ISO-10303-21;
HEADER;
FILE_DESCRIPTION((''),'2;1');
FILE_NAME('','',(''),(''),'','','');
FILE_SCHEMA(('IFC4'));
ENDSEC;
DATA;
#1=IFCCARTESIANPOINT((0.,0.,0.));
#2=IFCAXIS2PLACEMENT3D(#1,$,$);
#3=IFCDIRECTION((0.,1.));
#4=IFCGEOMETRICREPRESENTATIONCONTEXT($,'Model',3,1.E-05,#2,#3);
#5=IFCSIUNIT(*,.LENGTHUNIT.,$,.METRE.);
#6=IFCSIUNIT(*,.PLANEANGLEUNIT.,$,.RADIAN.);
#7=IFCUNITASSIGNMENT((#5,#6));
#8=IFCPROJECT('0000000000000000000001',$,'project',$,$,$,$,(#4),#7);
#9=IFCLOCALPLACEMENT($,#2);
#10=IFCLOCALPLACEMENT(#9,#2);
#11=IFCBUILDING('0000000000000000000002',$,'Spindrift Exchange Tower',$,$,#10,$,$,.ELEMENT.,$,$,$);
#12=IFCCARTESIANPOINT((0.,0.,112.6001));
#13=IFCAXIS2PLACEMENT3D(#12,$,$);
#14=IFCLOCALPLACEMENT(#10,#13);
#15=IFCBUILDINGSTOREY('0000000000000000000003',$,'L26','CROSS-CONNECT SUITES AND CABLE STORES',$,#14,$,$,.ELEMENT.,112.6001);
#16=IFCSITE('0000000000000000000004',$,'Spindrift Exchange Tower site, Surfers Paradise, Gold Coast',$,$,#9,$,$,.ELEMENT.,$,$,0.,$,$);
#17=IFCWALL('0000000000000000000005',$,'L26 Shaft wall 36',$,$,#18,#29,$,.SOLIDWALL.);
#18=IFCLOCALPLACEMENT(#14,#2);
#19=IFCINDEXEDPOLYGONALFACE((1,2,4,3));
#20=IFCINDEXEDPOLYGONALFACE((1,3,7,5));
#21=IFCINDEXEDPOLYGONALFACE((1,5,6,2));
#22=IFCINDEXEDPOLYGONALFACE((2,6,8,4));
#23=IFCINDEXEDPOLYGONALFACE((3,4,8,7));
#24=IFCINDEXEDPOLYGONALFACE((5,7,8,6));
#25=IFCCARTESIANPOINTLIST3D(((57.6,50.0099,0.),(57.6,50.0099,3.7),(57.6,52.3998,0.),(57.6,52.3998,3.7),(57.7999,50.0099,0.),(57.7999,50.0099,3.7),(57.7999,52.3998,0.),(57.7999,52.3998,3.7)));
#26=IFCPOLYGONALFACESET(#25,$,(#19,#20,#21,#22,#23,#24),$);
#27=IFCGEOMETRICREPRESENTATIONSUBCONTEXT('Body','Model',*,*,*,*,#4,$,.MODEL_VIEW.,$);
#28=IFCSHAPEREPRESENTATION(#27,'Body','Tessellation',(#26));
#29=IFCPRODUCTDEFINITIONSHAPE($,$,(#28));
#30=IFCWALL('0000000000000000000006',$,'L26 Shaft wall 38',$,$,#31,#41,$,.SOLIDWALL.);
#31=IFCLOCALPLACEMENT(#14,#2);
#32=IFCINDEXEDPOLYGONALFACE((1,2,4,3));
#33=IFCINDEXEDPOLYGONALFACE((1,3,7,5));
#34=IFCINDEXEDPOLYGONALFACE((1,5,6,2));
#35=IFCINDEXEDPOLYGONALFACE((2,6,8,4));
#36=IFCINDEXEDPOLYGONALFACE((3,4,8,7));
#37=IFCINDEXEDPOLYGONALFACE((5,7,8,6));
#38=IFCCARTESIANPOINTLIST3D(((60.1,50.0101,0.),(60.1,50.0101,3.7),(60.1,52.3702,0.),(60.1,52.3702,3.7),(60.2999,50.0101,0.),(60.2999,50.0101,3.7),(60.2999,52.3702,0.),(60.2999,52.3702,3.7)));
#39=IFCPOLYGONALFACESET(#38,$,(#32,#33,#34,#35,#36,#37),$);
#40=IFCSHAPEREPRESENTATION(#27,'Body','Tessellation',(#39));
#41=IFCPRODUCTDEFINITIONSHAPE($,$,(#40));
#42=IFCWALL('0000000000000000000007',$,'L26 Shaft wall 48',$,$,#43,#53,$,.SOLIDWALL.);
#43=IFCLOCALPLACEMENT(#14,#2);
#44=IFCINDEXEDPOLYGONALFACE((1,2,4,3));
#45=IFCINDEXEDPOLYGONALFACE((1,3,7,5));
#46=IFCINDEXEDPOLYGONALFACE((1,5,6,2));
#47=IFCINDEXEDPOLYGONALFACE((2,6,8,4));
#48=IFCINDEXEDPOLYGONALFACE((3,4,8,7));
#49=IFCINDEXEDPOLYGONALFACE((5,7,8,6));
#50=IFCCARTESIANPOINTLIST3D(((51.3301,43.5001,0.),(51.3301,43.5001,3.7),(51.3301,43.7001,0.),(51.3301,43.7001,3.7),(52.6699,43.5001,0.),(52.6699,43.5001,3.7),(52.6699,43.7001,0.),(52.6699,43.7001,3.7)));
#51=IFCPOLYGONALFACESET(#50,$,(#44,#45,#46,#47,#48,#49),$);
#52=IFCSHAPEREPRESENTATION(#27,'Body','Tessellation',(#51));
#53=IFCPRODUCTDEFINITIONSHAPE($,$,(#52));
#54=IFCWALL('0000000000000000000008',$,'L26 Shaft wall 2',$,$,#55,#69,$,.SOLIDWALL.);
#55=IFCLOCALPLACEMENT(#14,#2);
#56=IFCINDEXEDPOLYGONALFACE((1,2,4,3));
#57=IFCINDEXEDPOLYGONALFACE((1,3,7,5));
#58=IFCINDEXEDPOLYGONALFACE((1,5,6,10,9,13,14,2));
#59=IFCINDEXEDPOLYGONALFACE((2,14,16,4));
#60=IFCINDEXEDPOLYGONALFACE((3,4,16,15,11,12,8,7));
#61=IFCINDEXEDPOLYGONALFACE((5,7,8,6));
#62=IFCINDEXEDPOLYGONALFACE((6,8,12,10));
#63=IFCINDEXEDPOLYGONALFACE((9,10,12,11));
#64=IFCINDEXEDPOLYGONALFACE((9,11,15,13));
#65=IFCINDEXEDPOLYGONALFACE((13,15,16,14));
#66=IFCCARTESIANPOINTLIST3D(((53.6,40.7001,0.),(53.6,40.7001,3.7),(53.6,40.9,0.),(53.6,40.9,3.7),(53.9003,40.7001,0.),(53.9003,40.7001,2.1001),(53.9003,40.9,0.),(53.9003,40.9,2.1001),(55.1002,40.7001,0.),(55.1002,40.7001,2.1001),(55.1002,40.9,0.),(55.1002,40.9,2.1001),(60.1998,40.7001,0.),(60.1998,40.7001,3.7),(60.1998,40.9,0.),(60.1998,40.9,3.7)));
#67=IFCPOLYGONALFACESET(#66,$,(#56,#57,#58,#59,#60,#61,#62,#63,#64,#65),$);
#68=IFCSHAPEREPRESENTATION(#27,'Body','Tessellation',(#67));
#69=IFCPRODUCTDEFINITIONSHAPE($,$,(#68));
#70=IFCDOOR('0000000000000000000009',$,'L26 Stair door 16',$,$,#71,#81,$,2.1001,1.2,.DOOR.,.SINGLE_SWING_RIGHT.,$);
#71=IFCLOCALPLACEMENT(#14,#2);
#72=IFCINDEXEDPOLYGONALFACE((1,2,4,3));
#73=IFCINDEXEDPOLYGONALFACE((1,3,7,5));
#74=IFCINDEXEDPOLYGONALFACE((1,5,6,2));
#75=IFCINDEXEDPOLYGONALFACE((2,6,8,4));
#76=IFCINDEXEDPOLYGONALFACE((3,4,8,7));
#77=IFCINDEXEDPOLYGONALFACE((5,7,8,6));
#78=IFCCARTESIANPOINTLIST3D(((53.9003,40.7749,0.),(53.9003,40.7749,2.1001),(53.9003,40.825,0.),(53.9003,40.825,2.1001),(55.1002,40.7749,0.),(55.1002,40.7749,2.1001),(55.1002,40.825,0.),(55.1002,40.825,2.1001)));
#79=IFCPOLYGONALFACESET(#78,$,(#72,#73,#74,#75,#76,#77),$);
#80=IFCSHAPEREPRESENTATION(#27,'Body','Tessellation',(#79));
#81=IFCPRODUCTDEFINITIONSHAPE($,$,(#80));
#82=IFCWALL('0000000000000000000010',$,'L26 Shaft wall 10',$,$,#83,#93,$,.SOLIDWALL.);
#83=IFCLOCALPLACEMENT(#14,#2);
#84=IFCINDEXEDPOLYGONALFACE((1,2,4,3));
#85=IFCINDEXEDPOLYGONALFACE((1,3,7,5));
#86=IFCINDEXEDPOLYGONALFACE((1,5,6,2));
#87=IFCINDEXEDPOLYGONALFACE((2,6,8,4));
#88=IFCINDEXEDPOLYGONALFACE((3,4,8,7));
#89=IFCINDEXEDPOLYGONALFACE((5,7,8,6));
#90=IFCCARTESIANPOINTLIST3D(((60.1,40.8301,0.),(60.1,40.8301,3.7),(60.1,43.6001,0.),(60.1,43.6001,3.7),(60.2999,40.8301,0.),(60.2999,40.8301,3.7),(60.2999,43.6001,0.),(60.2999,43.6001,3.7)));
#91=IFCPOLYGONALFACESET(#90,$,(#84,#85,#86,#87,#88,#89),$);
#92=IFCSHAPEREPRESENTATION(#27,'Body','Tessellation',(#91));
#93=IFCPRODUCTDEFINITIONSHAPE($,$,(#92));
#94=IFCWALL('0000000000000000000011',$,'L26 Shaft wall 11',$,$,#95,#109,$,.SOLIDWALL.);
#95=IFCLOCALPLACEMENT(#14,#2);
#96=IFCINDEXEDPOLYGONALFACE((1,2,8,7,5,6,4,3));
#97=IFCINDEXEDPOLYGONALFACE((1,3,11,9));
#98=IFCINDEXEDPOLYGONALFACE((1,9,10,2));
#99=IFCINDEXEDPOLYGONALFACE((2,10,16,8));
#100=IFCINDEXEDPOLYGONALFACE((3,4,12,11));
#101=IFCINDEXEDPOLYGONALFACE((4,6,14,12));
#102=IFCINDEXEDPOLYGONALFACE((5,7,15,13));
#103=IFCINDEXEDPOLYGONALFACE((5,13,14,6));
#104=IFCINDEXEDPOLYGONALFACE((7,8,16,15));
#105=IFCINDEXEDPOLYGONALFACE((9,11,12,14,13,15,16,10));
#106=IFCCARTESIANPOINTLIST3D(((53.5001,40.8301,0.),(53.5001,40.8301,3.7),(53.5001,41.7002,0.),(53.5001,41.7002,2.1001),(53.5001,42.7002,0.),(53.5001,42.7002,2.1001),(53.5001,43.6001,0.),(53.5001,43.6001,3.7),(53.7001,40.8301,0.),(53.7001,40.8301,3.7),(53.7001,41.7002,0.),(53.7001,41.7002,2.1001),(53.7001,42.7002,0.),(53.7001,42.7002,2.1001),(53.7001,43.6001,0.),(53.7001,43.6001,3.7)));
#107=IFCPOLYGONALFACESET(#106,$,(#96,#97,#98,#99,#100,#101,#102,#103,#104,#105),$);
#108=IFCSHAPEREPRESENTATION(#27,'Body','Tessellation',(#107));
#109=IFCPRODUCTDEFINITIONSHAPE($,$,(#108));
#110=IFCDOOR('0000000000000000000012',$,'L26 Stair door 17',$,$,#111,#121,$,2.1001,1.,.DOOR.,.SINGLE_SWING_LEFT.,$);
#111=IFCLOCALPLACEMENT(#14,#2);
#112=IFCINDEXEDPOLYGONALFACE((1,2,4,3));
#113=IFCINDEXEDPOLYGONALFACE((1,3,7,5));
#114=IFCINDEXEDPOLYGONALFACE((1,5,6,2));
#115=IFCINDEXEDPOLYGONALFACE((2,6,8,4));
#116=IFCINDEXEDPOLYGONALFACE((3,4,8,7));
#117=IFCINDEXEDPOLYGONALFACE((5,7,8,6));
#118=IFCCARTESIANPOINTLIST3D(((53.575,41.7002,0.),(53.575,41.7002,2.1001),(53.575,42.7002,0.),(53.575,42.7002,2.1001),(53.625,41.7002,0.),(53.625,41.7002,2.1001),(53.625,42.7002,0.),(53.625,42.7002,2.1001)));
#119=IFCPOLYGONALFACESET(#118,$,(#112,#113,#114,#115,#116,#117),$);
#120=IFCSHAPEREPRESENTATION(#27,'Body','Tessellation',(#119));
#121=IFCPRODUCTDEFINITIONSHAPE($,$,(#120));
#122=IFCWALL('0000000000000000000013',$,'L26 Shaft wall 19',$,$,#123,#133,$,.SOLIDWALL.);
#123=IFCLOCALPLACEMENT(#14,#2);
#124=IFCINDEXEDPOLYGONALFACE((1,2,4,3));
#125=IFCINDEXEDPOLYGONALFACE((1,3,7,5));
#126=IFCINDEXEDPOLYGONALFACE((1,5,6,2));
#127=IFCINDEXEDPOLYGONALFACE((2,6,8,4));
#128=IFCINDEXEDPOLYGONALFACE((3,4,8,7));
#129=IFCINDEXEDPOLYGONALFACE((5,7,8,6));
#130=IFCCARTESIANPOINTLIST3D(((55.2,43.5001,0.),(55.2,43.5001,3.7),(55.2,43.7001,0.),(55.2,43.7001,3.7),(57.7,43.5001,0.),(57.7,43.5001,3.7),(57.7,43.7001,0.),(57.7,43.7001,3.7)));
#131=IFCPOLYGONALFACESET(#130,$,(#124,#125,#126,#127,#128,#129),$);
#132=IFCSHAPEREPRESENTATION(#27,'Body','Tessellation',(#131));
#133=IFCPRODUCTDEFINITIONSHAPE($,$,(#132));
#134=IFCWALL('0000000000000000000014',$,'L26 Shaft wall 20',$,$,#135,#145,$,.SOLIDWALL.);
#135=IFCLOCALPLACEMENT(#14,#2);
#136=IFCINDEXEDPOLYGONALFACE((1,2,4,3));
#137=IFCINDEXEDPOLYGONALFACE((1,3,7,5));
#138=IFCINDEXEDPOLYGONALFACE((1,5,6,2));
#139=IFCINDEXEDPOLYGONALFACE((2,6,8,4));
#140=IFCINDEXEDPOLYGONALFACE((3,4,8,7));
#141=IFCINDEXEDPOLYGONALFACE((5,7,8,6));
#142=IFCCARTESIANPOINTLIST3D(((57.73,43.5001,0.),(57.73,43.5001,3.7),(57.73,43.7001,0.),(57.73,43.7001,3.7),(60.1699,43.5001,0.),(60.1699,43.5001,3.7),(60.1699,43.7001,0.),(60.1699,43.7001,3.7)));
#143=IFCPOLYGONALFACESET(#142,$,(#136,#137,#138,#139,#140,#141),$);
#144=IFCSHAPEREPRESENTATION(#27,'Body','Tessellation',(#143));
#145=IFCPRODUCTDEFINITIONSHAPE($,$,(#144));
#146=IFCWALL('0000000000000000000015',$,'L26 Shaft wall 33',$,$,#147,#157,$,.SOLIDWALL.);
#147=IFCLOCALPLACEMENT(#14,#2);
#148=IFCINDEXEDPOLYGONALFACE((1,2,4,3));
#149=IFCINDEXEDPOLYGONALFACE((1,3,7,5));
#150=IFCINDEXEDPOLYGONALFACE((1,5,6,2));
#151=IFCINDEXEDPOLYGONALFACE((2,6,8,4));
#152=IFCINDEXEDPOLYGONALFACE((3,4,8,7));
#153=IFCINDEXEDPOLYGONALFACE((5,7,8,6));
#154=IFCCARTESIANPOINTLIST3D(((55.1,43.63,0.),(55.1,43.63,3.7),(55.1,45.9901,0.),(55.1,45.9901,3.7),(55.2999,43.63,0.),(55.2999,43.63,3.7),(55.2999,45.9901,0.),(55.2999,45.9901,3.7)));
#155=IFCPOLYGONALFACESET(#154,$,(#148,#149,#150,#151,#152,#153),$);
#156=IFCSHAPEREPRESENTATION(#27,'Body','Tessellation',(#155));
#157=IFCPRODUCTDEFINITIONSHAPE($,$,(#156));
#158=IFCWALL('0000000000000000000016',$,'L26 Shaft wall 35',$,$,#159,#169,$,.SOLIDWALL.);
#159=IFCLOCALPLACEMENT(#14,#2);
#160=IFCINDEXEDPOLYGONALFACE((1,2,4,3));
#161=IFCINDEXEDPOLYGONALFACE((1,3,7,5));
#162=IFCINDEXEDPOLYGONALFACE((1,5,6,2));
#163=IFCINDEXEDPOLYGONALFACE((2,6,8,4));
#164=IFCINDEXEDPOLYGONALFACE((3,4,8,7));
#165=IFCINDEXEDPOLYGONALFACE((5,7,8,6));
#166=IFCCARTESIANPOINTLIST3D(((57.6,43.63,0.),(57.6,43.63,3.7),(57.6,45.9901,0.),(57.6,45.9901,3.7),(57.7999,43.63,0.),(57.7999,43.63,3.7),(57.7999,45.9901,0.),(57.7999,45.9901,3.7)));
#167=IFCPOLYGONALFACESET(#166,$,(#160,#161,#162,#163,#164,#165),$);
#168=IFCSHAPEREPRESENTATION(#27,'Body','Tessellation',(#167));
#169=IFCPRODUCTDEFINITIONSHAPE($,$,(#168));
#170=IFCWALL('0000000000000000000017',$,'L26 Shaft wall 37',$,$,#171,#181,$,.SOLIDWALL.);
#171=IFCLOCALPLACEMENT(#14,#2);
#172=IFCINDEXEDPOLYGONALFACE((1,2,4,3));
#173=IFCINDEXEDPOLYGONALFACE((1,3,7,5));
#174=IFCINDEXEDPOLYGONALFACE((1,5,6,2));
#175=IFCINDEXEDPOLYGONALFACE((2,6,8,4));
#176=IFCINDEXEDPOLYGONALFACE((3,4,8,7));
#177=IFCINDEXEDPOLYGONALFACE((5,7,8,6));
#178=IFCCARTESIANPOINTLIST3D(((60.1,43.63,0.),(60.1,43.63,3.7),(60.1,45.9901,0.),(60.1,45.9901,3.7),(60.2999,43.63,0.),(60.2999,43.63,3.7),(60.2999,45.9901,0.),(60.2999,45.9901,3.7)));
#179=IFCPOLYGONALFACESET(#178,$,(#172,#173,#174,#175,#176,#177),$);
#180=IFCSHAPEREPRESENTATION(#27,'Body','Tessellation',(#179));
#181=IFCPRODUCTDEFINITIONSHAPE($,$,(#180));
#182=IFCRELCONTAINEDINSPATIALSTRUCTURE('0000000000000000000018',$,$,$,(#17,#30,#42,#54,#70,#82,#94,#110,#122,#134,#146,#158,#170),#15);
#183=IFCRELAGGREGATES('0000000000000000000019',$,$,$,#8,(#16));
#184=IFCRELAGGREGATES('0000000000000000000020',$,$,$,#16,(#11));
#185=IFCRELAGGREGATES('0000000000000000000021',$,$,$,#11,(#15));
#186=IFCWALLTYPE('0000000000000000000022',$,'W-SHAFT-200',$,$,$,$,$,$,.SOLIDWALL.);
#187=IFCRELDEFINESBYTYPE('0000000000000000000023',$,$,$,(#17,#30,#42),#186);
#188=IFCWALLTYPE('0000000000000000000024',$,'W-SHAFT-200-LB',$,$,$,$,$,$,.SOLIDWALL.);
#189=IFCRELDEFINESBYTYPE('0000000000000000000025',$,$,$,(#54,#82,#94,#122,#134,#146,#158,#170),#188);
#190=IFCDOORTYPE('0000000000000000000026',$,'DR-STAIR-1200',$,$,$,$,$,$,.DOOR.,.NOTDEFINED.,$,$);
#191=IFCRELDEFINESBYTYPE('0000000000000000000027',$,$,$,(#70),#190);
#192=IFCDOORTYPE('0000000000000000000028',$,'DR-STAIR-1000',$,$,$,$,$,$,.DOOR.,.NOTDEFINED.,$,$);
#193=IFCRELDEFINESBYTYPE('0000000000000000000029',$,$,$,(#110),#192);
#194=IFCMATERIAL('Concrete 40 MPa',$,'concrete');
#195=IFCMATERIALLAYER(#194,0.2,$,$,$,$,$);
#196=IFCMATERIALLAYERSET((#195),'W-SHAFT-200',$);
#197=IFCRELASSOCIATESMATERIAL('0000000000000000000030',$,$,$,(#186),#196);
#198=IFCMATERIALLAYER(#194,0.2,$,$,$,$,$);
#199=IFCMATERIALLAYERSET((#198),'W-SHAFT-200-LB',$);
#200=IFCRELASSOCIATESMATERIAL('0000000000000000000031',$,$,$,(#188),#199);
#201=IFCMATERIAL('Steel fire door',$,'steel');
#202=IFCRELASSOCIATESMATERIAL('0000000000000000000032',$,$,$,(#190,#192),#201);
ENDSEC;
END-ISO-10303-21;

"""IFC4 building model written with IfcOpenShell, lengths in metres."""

from ifc_helpers import new_model, si_unit, direction, frame, frame_2d, origin, place, context, subcontext, project, spatial, rectangle, extrude, source, transform, mapped, material, layer, layer_set, type_object, element, fill, save


model = new_model("IFC4")

# Units and contexts
model_context = context("Model", 3, precision=1e-05, world=origin(), true_north=direction((0.0, 1.0)))
body_context = subcontext(model_context, "Body", "Model", "MODEL_VIEW")
ifc_project = project(units=[si_unit("LENGTHUNIT", "METRE"), si_unit("PLANEANGLEUNIT", "RADIAN")], contexts=[model_context])

# Site, building, storey
site_placement = place(None, origin())
site = spatial("IfcSite", under=ifc_project, at=site_placement, Name="Spindrift Exchange Tower site, Surfers Paradise, Gold Coast", CompositionType="ELEMENT", RefElevation=0.0)
building_placement = place(site_placement, origin())
building = spatial("IfcBuilding", under=site, at=building_placement, Name="Spindrift Exchange Tower", CompositionType="ELEMENT")
storey_placement = place(building_placement, frame((0.0, 0.0, 112.6001)))
storey = spatial("IfcBuildingStorey", under=building, at=storey_placement, Name="L26", Description="CROSS-CONNECT SUITES AND CABLE STORES", CompositionType="ELEMENT", Elevation=112.6001)

# Walls
ifc_material_1 = material(Name="Concrete 40 MPa", Category="concrete")
ifc_layer_1 = layer(ifc_material_1, 0.2)
ifc_layer_set_1 = layer_set([ifc_layer_1], Name="W-SHAFT-200")
wall_type_1 = type_object("IfcWallType", Name="W-SHAFT-200", PredefinedType="SOLIDWALL", material=ifc_layer_set_1)
wall_1_placement = place(storey_placement, frame((57.7, 50.01, 0.0), z_axis=(0.0, 0.0, 1.0), x_axis=(0.0, 1.0, 0.0)))
element("IfcWall", 1, at=wall_1_placement, inside=storey, type_object=wall_type_1, Name="L26 Shaft wall 36", PredefinedType="SOLIDWALL", context=body_context, shape_type="SweptSolid", body=[
    extrude(rectangle(XDim=2.3899, YDim=0.2, at=frame_2d((1.1948, 0.0))), origin(), (0.0, 0.0, 1.0), 3.7),
])
wall_2_placement = place(storey_placement, frame((60.2, 50.01, 0.0), z_axis=(0.0, 0.0, 1.0), x_axis=(0.0, 1.0, 0.0)))
element("IfcWall", 2, at=wall_2_placement, inside=storey, type_object=wall_type_1, Name="L26 Shaft wall 38", PredefinedType="SOLIDWALL", context=body_context, shape_type="SweptSolid", body=[
    extrude(rectangle(XDim=2.3601, YDim=0.2, at=frame_2d((1.1802, 0.0))), origin(), (0.0, 0.0, 1.0), 3.7),
])
wall_3_placement = place(storey_placement, frame((52.6699, 43.6001, 0.0), z_axis=(0.0, 0.0, 1.0), x_axis=(-1.0, 0.0, 0.0)))
element("IfcWall", 3, at=wall_3_placement, inside=storey, type_object=wall_type_1, Name="L26 Shaft wall 48", PredefinedType="SOLIDWALL", context=body_context, shape_type="SweptSolid", body=[
    extrude(rectangle(XDim=1.3398, YDim=0.2, at=frame_2d((0.6699, 0.0))), origin(), (0.0, 0.0, 1.0), 3.7),
])

# Wall, opening, door
ifc_layer_2 = layer(ifc_material_1, 0.2)
ifc_layer_set_2 = layer_set([ifc_layer_2], Name="W-SHAFT-200-LB")
wall_type_2 = type_object("IfcWallType", Name="W-SHAFT-200-LB", PredefinedType="SOLIDWALL", material=ifc_layer_set_2)
wall_4_placement = place(storey_placement, frame((53.6001, 40.8, 0.0), z_axis=(0.0, 0.0, 1.0), x_axis=(1.0, 0.0, 0.0)))
wall_4 = element("IfcWall", 4, at=wall_4_placement, inside=storey, type_object=wall_type_2, Name="L26 Shaft wall 2", PredefinedType="SOLIDWALL", context=body_context, shape_type="SweptSolid", body=[
    extrude(rectangle(XDim=6.5999, YDim=0.2, at=frame_2d((3.2998, 0.0))), origin(), (0.0, 0.0, 1.0), 3.7),
])
opening_1_placement = place(wall_4_placement, frame((0.3, 0.0, 0.0)))
opening_1 = element("IfcOpeningElement", 5, at=opening_1_placement, cuts=wall_4, PredefinedType="OPENING", context=body_context, shape_type="SweptSolid", body=[
    extrude(rectangle(XDim=1.2, YDim=2.1001, at=frame_2d((0.6001, 1.05))), frame((0.0, 0.1099, 0.0), z_axis=(0.0, -1.0, 0.0), x_axis=(1.0, 0.0, 0.0)), (0.0, 0.0, 1.0), 0.22),
])
ifc_material_2 = material(Name="Steel fire door", Category="steel")
door_type_1 = type_object("IfcDoorType", Name="DR-STAIR-1200", OperationType="NOTDEFINED", PredefinedType="DOOR", material=ifc_material_2)
shared_shape_1 = source(origin(), body_context, "Body", "SweptSolid", [
    extrude(rectangle(XDim=1.2, YDim=2.1001, at=frame_2d((0.6001, 1.05))), frame((0.0, 0.0249, 0.0), z_axis=(0.0, -1.0, 0.0), x_axis=(1.0, 0.0, 0.0)), (0.0, 0.0, 1.0), 0.05),
])
door_1_placement = place(opening_1_placement, origin())
door_1 = element("IfcDoor", 6, at=door_1_placement, inside=storey, type_object=door_type_1, Name="L26 Stair door 16", OperationType="SINGLE_SWING_RIGHT", OverallHeight=2.1001, OverallWidth=1.2, PredefinedType="DOOR", context=body_context, shape_type="MappedRepresentation", body=[
    mapped(shared_shape_1, transform((0.0, 0.0, 0.0), scale=1.0)),
])
fill(opening_1, door_1)

# Wall
wall_5_placement = place(storey_placement, frame((60.2, 40.8301, 0.0), z_axis=(0.0, 0.0, 1.0), x_axis=(0.0, 1.0, 0.0)))
element("IfcWall", 7, at=wall_5_placement, inside=storey, type_object=wall_type_2, Name="L26 Shaft wall 10", PredefinedType="SOLIDWALL", context=body_context, shape_type="SweptSolid", body=[
    extrude(rectangle(XDim=2.77, YDim=0.2, at=frame_2d((1.385, 0.0))), origin(), (0.0, 0.0, 1.0), 3.7),
])

# Wall, opening, door
wall_6_placement = place(storey_placement, frame((53.6001, 43.6001, 0.0), z_axis=(0.0, 0.0, 1.0), x_axis=(0.0, -1.0, 0.0)))
wall_6 = element("IfcWall", 8, at=wall_6_placement, inside=storey, type_object=wall_type_2, Name="L26 Shaft wall 11", PredefinedType="SOLIDWALL", context=body_context, shape_type="SweptSolid", body=[
    extrude(rectangle(XDim=2.77, YDim=0.2, at=frame_2d((1.385, 0.0))), origin(), (0.0, 0.0, 1.0), 3.7),
])
opening_2_placement = place(wall_6_placement, frame((0.8999, 0.0, 0.0)))
opening_2 = element("IfcOpeningElement", 9, at=opening_2_placement, cuts=wall_6, PredefinedType="OPENING", context=body_context, shape_type="SweptSolid", body=[
    extrude(rectangle(XDim=1.0, YDim=2.1001, at=frame_2d((0.5, 1.05))), frame((0.0, 0.1099, 0.0), z_axis=(0.0, -1.0, 0.0), x_axis=(1.0, 0.0, 0.0)), (0.0, 0.0, 1.0), 0.22),
])
door_type_2 = type_object("IfcDoorType", Name="DR-STAIR-1000", OperationType="NOTDEFINED", PredefinedType="DOOR", material=ifc_material_2)
shared_shape_2 = source(origin(), body_context, "Body", "SweptSolid", [
    extrude(rectangle(XDim=1.0, YDim=2.1001, at=frame_2d((0.5, 1.05))), frame((0.0, 0.0249, 0.0), z_axis=(0.0, -1.0, 0.0), x_axis=(1.0, 0.0, 0.0)), (0.0, 0.0, 1.0), 0.05),
])
door_2_placement = place(opening_2_placement, origin())
door_2 = element("IfcDoor", 10, at=door_2_placement, inside=storey, type_object=door_type_2, Name="L26 Stair door 17", OperationType="SINGLE_SWING_LEFT", OverallHeight=2.1001, OverallWidth=1.0, PredefinedType="DOOR", context=body_context, shape_type="MappedRepresentation", body=[
    mapped(shared_shape_2, transform((0.0, 0.0, 0.0), scale=1.0)),
])
fill(opening_2, door_2)

# Walls
wall_7_placement = place(storey_placement, frame((55.2, 43.6001, 0.0), z_axis=(0.0, 0.0, 1.0), x_axis=(1.0, 0.0, 0.0)))
element("IfcWall", 11, at=wall_7_placement, inside=storey, type_object=wall_type_2, Name="L26 Shaft wall 19", PredefinedType="SOLIDWALL", context=body_context, shape_type="SweptSolid", body=[
    extrude(rectangle(XDim=2.5, YDim=0.2, at=frame_2d((1.25, 0.0))), origin(), (0.0, 0.0, 1.0), 3.7),
])
wall_8_placement = place(storey_placement, frame((57.73, 43.6001, 0.0), z_axis=(0.0, 0.0, 1.0), x_axis=(1.0, 0.0, 0.0)))
element("IfcWall", 12, at=wall_8_placement, inside=storey, type_object=wall_type_2, Name="L26 Shaft wall 20", PredefinedType="SOLIDWALL", context=body_context, shape_type="SweptSolid", body=[
    extrude(rectangle(XDim=2.4399, YDim=0.2, at=frame_2d((1.22, 0.0))), origin(), (0.0, 0.0, 1.0), 3.7),
])
for number, where, z_axis, x_axis, name in (
    (13, (55.2, 43.6299, 0.0), (0.0, 0.0, 1.0), (0.0, 1.0, 0.0), "L26 Shaft wall 33"),
    (14, (57.7, 43.6299, 0.0), (0.0, 0.0, 1.0), (0.0, 1.0, 0.0), "L26 Shaft wall 35"),
    (15, (60.2, 43.6299, 0.0), (0.0, 0.0, 1.0), (0.0, 1.0, 0.0), "L26 Shaft wall 37"),
):
    element("IfcWall", number, at=place(storey_placement, frame(where, z_axis=z_axis, x_axis=x_axis)), inside=storey, type_object=wall_type_2, Name=name, PredefinedType="SOLIDWALL", context=body_context, shape_type="SweptSolid", body=[
        extrude(rectangle(XDim=2.3601, YDim=0.2, at=frame_2d((1.1802, 0.0))), origin(), (0.0, 0.0, 1.0), 3.7),
    ])

save(model, "model.ifc")
